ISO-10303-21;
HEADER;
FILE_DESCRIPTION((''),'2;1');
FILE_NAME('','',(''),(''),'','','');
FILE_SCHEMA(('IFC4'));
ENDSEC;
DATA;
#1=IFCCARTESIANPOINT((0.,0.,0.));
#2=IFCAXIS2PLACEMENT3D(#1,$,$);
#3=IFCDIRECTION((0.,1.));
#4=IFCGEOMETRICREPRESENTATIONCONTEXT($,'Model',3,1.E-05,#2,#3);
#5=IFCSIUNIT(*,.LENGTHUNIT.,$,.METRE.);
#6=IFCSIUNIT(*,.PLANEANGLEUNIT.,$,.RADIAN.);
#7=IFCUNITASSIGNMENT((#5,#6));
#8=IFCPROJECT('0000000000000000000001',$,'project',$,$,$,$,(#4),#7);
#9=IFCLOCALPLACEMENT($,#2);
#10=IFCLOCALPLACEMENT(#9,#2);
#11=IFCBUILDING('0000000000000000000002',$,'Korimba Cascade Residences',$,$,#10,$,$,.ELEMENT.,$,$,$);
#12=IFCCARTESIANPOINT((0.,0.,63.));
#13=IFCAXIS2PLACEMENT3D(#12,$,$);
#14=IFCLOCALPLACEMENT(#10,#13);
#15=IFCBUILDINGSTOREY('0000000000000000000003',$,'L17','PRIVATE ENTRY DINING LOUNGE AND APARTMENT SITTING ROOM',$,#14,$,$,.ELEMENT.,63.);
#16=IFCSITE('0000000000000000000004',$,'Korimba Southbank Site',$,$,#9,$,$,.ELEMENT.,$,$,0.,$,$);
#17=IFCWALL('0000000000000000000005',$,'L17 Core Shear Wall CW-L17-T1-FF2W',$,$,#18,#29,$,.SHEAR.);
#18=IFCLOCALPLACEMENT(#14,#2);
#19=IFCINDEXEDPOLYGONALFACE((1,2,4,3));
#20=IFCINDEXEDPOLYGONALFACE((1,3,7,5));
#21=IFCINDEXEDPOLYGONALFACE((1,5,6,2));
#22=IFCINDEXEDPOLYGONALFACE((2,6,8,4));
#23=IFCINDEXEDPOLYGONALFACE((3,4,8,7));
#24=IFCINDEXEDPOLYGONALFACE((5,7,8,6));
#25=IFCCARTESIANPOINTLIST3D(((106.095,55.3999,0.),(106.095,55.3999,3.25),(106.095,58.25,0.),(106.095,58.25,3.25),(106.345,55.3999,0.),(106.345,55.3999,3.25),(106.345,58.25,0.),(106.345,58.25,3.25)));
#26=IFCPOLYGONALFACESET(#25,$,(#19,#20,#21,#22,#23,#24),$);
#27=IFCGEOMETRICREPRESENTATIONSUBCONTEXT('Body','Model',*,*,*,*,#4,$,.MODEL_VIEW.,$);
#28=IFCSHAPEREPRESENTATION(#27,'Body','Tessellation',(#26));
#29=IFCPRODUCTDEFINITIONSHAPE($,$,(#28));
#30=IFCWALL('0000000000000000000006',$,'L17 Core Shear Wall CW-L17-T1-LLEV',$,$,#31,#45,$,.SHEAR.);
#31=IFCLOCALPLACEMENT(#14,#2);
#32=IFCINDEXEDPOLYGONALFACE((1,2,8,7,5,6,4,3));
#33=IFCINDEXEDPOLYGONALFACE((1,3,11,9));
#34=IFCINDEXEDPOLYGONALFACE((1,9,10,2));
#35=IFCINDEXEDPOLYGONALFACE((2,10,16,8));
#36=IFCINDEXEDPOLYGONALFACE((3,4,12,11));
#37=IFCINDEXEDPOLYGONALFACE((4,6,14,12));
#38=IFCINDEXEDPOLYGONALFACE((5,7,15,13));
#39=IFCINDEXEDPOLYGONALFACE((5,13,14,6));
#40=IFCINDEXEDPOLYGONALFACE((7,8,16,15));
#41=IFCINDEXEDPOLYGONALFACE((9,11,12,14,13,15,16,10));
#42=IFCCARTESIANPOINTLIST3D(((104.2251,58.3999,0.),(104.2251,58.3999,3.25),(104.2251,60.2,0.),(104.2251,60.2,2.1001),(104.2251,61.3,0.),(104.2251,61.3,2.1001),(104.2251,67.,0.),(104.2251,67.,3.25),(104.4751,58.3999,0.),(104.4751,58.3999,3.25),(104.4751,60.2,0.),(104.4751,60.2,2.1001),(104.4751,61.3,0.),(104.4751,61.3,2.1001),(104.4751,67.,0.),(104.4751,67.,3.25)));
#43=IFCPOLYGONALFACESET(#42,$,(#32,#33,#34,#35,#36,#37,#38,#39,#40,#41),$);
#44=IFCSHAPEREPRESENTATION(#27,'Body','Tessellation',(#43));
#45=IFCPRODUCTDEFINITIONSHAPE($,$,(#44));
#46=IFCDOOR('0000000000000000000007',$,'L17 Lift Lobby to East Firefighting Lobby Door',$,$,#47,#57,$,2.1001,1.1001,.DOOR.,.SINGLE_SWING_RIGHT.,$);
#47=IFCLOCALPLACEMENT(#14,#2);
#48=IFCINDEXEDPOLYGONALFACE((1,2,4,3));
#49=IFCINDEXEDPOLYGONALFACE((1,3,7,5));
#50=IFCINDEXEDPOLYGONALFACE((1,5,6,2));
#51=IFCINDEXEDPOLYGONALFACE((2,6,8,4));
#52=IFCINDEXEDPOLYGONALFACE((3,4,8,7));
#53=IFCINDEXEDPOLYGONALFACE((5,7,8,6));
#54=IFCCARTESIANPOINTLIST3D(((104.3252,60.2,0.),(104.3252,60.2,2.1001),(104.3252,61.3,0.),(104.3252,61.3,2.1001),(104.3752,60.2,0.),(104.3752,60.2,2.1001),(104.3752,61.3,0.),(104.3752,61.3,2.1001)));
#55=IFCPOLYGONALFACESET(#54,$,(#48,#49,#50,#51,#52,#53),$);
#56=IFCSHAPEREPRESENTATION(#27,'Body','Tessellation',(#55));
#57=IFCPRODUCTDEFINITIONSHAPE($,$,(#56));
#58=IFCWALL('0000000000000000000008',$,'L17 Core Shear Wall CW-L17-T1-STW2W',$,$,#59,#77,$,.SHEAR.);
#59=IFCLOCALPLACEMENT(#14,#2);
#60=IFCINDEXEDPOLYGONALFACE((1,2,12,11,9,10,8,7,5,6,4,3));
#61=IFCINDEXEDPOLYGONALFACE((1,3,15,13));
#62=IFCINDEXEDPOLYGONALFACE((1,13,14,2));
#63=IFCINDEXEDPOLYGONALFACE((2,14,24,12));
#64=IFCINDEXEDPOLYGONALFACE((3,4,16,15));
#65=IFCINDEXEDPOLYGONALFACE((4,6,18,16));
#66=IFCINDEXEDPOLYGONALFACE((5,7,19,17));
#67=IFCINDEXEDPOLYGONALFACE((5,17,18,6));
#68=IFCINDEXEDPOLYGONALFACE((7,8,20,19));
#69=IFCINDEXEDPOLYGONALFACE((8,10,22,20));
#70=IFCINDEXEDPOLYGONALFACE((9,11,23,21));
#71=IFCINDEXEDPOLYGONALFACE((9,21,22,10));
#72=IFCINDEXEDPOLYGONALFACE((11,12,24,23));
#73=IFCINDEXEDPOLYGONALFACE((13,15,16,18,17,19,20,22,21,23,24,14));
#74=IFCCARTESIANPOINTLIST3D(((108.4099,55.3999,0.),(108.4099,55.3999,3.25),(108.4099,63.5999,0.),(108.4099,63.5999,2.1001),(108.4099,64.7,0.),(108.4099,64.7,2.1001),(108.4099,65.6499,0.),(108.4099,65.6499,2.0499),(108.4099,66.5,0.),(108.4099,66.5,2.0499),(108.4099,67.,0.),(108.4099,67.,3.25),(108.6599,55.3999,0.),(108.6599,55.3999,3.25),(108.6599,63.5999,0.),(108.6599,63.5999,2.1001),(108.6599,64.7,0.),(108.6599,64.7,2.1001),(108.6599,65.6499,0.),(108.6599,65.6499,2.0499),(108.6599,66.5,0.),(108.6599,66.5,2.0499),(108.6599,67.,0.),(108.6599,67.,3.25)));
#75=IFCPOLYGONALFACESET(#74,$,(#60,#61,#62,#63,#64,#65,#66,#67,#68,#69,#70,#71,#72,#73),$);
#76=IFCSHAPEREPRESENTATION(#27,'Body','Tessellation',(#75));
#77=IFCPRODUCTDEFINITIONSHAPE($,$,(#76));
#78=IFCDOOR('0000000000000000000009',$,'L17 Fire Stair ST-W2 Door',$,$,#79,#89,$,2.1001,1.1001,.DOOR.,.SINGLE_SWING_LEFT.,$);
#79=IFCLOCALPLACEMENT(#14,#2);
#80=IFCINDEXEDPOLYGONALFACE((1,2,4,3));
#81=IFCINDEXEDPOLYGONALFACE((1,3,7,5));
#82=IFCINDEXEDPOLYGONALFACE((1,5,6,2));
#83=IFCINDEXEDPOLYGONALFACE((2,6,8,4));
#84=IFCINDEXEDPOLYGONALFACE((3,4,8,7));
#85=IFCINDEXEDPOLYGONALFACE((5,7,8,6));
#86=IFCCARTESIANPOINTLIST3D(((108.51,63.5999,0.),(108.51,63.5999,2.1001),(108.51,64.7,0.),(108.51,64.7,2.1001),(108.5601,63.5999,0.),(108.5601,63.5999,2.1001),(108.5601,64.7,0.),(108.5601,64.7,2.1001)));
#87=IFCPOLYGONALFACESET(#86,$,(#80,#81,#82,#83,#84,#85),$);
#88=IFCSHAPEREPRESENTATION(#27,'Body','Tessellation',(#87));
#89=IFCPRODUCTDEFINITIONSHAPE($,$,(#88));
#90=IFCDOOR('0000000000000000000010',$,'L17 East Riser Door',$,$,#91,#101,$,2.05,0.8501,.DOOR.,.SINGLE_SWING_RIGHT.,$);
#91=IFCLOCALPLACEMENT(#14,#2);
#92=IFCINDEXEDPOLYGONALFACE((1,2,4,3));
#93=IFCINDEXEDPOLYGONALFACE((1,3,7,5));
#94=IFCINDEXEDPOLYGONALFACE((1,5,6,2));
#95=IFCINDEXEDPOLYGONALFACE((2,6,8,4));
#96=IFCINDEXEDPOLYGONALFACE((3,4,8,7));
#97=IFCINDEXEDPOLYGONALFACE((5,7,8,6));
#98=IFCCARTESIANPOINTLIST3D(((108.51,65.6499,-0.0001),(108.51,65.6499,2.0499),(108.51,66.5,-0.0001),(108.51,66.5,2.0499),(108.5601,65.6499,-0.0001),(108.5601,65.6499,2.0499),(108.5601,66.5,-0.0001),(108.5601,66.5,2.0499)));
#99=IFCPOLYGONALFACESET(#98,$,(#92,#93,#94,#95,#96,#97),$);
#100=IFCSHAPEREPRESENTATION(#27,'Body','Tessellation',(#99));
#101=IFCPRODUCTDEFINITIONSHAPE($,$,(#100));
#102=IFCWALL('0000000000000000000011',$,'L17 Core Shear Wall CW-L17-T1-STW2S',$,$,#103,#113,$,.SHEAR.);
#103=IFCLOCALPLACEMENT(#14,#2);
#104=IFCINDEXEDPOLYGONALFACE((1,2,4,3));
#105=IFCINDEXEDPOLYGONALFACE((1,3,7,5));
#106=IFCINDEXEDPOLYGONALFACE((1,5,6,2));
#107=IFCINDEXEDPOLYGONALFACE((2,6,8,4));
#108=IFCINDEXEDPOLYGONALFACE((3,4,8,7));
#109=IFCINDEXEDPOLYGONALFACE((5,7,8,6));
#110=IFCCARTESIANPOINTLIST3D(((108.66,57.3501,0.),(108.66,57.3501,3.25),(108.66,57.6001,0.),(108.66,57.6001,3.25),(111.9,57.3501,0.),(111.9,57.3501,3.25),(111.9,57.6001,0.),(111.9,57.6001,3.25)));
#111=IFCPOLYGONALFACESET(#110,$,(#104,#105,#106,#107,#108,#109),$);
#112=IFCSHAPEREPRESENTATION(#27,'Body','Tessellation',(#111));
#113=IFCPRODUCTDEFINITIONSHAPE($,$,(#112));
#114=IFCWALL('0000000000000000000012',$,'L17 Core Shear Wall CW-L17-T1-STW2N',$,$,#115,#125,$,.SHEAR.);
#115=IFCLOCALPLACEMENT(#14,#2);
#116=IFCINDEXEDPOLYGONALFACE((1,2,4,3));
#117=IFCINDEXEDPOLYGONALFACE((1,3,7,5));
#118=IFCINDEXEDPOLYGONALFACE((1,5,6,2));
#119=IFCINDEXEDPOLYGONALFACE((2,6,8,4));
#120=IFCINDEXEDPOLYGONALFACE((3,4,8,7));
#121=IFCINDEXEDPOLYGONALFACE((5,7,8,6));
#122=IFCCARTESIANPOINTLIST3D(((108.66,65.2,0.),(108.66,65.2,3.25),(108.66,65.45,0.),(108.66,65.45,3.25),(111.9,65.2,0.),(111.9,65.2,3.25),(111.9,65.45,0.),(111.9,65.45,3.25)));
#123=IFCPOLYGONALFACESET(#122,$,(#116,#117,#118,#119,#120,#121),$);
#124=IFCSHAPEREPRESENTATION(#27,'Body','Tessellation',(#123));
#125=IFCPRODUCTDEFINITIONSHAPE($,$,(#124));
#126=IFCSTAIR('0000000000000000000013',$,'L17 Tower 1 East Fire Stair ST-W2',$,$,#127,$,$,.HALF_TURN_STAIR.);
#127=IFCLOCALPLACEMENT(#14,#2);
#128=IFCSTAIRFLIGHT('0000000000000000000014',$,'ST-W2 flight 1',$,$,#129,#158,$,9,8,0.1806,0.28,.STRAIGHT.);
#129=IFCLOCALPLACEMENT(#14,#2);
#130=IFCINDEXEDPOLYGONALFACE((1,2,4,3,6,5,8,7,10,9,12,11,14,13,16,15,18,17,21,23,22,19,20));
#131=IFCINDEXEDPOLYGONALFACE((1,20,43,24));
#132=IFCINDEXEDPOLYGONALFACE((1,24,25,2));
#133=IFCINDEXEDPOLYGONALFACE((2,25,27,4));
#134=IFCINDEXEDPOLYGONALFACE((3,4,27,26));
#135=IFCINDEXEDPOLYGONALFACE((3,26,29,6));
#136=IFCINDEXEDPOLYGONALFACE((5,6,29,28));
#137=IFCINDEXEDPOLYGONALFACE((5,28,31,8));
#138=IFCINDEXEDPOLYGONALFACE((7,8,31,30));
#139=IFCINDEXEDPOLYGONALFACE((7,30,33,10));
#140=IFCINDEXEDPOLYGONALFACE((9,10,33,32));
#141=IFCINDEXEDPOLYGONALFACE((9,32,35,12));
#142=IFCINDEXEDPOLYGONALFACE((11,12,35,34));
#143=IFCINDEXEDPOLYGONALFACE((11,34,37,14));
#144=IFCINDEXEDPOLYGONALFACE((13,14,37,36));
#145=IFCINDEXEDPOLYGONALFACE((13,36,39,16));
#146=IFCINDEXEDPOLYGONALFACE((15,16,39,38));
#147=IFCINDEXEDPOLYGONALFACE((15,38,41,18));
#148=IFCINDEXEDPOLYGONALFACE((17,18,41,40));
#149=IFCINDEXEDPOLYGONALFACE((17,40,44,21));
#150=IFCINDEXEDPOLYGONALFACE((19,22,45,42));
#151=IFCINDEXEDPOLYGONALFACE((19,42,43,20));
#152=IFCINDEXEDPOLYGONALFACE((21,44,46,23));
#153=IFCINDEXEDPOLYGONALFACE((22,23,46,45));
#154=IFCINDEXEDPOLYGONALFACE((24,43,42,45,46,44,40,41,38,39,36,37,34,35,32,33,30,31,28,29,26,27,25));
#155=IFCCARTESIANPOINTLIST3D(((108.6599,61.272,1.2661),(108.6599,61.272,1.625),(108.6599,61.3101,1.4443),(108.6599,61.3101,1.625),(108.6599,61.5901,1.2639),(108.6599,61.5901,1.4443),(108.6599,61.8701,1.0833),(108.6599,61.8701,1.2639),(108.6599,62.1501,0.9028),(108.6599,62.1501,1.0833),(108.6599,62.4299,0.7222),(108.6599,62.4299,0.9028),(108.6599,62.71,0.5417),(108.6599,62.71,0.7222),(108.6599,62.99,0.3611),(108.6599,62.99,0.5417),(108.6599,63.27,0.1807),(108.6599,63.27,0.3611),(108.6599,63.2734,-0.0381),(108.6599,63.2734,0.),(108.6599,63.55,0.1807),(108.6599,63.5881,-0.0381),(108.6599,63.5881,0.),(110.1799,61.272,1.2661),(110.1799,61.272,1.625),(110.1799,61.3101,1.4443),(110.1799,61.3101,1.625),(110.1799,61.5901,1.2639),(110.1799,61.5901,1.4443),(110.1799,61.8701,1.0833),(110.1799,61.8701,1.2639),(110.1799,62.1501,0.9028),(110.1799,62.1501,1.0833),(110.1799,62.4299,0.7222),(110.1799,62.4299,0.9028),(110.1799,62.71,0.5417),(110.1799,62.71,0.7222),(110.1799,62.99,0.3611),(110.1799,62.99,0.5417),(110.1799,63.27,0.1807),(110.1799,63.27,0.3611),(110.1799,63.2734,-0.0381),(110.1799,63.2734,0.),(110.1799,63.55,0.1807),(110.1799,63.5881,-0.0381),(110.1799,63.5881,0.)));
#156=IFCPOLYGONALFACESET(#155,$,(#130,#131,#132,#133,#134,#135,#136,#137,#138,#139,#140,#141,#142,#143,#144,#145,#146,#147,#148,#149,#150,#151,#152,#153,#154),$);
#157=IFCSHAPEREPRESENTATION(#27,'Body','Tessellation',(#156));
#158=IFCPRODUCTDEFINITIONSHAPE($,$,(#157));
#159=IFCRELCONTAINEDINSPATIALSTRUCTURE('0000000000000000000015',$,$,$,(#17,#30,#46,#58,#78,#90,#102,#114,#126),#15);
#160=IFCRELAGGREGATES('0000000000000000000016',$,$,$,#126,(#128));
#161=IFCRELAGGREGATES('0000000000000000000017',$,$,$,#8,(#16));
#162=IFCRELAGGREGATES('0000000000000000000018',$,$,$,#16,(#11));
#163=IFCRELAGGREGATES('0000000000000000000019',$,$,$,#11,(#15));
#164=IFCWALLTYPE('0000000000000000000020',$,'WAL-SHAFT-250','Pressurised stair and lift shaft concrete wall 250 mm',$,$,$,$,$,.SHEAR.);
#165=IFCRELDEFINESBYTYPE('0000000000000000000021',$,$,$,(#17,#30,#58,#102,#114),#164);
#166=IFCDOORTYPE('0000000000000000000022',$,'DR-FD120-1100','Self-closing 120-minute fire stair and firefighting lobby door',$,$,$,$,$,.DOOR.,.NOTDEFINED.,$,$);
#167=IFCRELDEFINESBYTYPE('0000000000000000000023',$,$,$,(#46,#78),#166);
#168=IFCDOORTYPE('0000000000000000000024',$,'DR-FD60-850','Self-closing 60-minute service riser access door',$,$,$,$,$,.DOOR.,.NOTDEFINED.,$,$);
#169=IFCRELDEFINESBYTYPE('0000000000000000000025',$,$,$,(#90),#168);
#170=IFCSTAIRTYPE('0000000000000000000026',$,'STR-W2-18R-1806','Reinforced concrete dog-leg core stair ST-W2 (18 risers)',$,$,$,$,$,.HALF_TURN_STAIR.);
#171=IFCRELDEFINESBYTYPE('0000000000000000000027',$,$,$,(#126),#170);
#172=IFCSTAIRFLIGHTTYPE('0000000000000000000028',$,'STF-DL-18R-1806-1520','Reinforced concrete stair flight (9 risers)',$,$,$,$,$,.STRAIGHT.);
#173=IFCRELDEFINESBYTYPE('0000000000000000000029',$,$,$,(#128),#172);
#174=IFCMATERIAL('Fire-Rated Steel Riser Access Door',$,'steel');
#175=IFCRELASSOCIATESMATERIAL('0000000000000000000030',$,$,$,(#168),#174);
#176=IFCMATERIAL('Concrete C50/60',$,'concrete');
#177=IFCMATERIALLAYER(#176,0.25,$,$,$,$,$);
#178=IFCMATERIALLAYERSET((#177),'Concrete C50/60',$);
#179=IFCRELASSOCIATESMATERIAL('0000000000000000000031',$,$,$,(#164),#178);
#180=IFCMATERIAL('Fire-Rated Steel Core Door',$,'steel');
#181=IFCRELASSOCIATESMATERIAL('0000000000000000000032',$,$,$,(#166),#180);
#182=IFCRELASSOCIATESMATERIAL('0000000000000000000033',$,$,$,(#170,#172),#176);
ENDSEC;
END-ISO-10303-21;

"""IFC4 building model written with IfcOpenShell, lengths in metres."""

from ifc_helpers import new_model, si_unit, direction, frame, frame_2d, origin, place, context, subcontext, project, spatial, polyline, rectangle, outline, extrude, material, layer, layer_set, type_object, element, fill, aggregate, save


model = new_model("IFC4")

# Units and contexts
model_context = context("Model", 3, precision=1e-05, world=origin(), true_north=direction((0.0, 1.0)))
body_context = subcontext(model_context, "Body", "Model", "MODEL_VIEW")
ifc_project = project(units=[si_unit("LENGTHUNIT", "METRE"), si_unit("PLANEANGLEUNIT", "RADIAN")], contexts=[model_context])

# Site, building, storey
site_placement = place(None, origin())
site = spatial("IfcSite", under=ifc_project, at=site_placement, Name="Korimba Southbank Site", CompositionType="ELEMENT", RefElevation=0.0)
building_placement = place(site_placement, origin())
building = spatial("IfcBuilding", under=site, at=building_placement, Name="Korimba Cascade Residences", CompositionType="ELEMENT")
storey_placement = place(building_placement, frame((0.0, 0.0, 63.0)))
storey = spatial("IfcBuildingStorey", under=building, at=storey_placement, Name="L17", Description="PRIVATE ENTRY DINING LOUNGE AND APARTMENT SITTING ROOM", CompositionType="ELEMENT", Elevation=63.0)

# Shared definitions
ifc_material_1 = material(Name="Concrete C50/60", Category="concrete")

# Shared definitions
ifc_material_2 = material(Name="Fire-Rated Steel Riser Access Door", Category="steel")
door_type_1 = type_object("IfcDoorType", Name="DR-FD60-850", Description="Self-closing 60-minute service riser access door", OperationType="NOTDEFINED", PredefinedType="DOOR", material=ifc_material_2)

# Wall
ifc_layer_1 = layer(ifc_material_1, 0.25)
ifc_layer_set_1 = layer_set([ifc_layer_1], Name="Concrete C50/60")
wall_type_1 = type_object("IfcWallType", Name="WAL-SHAFT-250", Description="Pressurised stair and lift shaft concrete wall 250 mm", PredefinedType="SHEAR", material=ifc_layer_set_1)
wall_1_placement = place(storey_placement, frame((106.22, 55.3999, 0.0), z_axis=(0.0, 0.0, 1.0), x_axis=(0.0, 1.0, 0.0)))
element("IfcWall", 1, at=wall_1_placement, inside=storey, type_object=wall_type_1, Name="L17 Core Shear Wall CW-L17-T1-FF2W", PredefinedType="SHEAR", context=body_context, shape_type="SweptSolid", body=[
    extrude(rectangle(XDim=2.8501, YDim=0.25, at=frame_2d((1.425, 0.0))), origin(), (0.0, 0.0, 1.0), 3.25),
])

# Wall, opening, door
wall_2_placement = place(storey_placement, frame((104.3501, 58.3999, 0.0), z_axis=(0.0, 0.0, 1.0), x_axis=(0.0, 1.0, 0.0)))
wall_2 = element("IfcWall", 2, at=wall_2_placement, inside=storey, type_object=wall_type_1, Name="L17 Core Shear Wall CW-L17-T1-LLEV", PredefinedType="SHEAR", context=body_context, shape_type="SweptSolid", body=[
    extrude(rectangle(XDim=8.6001, YDim=0.25, at=frame_2d((4.3, 0.0))), origin(), (0.0, 0.0, 1.0), 3.25),
])
opening_1_placement = place(wall_2_placement, frame((1.8, 0.0, 0.0)))
opening_1 = element("IfcOpeningElement", 3, at=opening_1_placement, cuts=wall_2, PredefinedType="OPENING", context=body_context, shape_type="SweptSolid", body=[
    extrude(rectangle(XDim=1.1001, YDim=2.1001, at=frame_2d((0.55, 1.05))), frame((0.0, 0.135, 0.0), z_axis=(0.0, -1.0, 0.0), x_axis=(1.0, 0.0, 0.0)), (0.0, 0.0, 1.0), 0.27),
])
ifc_material_3 = material(Name="Fire-Rated Steel Core Door", Category="steel")
door_type_2 = type_object("IfcDoorType", Name="DR-FD120-1100", Description="Self-closing 120-minute fire stair and firefighting lobby door", OperationType="NOTDEFINED", PredefinedType="DOOR", material=ifc_material_3)
door_1_placement = place(opening_1_placement, origin())
door_1 = element("IfcDoor", 4, at=door_1_placement, inside=storey, type_object=door_type_2, Name="L17 Lift Lobby to East Firefighting Lobby Door", OperationType="SINGLE_SWING_RIGHT", OverallHeight=2.1001, OverallWidth=1.1001, PredefinedType="DOOR", context=body_context, shape_type="SweptSolid", body=[
    extrude(rectangle(XDim=1.1001, YDim=2.1001, at=frame_2d((0.55, 1.05))), frame((0.0, 0.0249, 0.0), z_axis=(0.0, -1.0, 0.0), x_axis=(1.0, 0.0, 0.0)), (0.0, 0.0, 1.0), 0.05),
])
fill(opening_1, door_1)

# Wall, openings, doors
wall_3_placement = place(storey_placement, frame((108.5349, 55.3999, 0.0), z_axis=(0.0, 0.0, 1.0), x_axis=(0.0, 1.0, 0.0)))
wall_3 = element("IfcWall", 5, at=wall_3_placement, inside=storey, type_object=wall_type_1, Name="L17 Core Shear Wall CW-L17-T1-STW2W", PredefinedType="SHEAR", context=body_context, shape_type="SweptSolid", body=[
    extrude(rectangle(XDim=11.6001, YDim=0.25, at=frame_2d((5.8, 0.0))), origin(), (0.0, 0.0, 1.0), 3.25),
])
opening_2_placement = place(wall_3_placement, frame((8.2, 0.0, 0.0)))
opening_2 = element("IfcOpeningElement", 6, at=opening_2_placement, cuts=wall_3, PredefinedType="OPENING", context=body_context, shape_type="SweptSolid", body=[
    extrude(rectangle(XDim=1.1001, YDim=2.1001, at=frame_2d((0.55, 1.05))), frame((0.0, 0.135, 0.0), z_axis=(0.0, -1.0, 0.0), x_axis=(1.0, 0.0, 0.0)), (0.0, 0.0, 1.0), 0.27),
])
opening_3_placement = place(wall_3_placement, frame((10.25, 0.0, 0.0)))
opening_3 = element("IfcOpeningElement", 7, at=opening_3_placement, cuts=wall_3, PredefinedType="OPENING", context=body_context, shape_type="SweptSolid", body=[
    extrude(rectangle(XDim=0.8501, YDim=2.05, at=frame_2d((0.425, 1.0249))), frame((0.0, 0.135, 0.0), z_axis=(0.0, -1.0, 0.0), x_axis=(1.0, 0.0, 0.0)), (0.0, 0.0, 1.0), 0.27),
])
door_2_placement = place(opening_2_placement, origin())
door_2 = element("IfcDoor", 8, at=door_2_placement, inside=storey, type_object=door_type_2, Name="L17 Fire Stair ST-W2 Door", OperationType="SINGLE_SWING_LEFT", OverallHeight=2.1001, OverallWidth=1.1001, PredefinedType="DOOR", context=body_context, shape_type="SweptSolid", body=[
    extrude(rectangle(XDim=1.1001, YDim=2.1001, at=frame_2d((0.55, 1.05))), frame((0.0, 0.0249, 0.0), z_axis=(0.0, -1.0, 0.0), x_axis=(1.0, 0.0, 0.0)), (0.0, 0.0, 1.0), 0.05),
])
fill(opening_2, door_2)
door_3_placement = place(opening_3_placement, origin())
door_3 = element("IfcDoor", 9, at=door_3_placement, inside=storey, type_object=door_type_1, Name="L17 East Riser Door", OperationType="SINGLE_SWING_RIGHT", OverallHeight=2.05, OverallWidth=0.8501, PredefinedType="DOOR", context=body_context, shape_type="SweptSolid", body=[
    extrude(rectangle(XDim=0.8501, YDim=2.05, at=frame_2d((0.425, 1.0249))), frame((0.0, 0.0249, 0.0), z_axis=(0.0, -1.0, 0.0), x_axis=(1.0, 0.0, 0.0)), (0.0, 0.0, 1.0), 0.05),
])
fill(opening_3, door_3)

# Walls
for number, where, z_axis, x_axis, name in (
    (10, (108.6599, 57.4751, 0.0), (0.0, 0.0, 1.0), (1.0, 0.0, 0.0), "L17 Core Shear Wall CW-L17-T1-STW2S"),
    (11, (108.6599, 65.325, 0.0), (0.0, 0.0, 1.0), (1.0, 0.0, 0.0), "L17 Core Shear Wall CW-L17-T1-STW2N"),
):
    element("IfcWall", number, at=place(storey_placement, frame(where, z_axis=z_axis, x_axis=x_axis)), inside=storey, type_object=wall_type_1, Name=name, PredefinedType="SHEAR", context=body_context, shape_type="SweptSolid", body=[
        extrude(rectangle(XDim=3.24, YDim=0.25, at=frame_2d((1.6201, 0.0))), origin(), (0.0, 0.0, 1.0), 3.25),
    ])

# Stair, stair flight
stair_type = type_object("IfcStairType", Name="STR-W2-18R-1806", Description="Reinforced concrete dog-leg core stair ST-W2 (18 risers)", PredefinedType="HALF_TURN_STAIR", material=ifc_material_1)
stair_placement = place(storey_placement, origin())
stair = element("IfcStair", 12, at=stair_placement, inside=storey, type_object=stair_type, Name="L17 Tower 1 East Fire Stair ST-W2", PredefinedType="HALF_TURN_STAIR")
stair_flight_type = type_object("IfcStairFlightType", Name="STF-DL-18R-1806-1520", Description="Reinforced concrete stair flight (9 risers)", PredefinedType="STRAIGHT", material=ifc_material_1)
stair_flight_1_placement = place(storey_placement, frame((109.4199, 63.55, 0.0), z_axis=(0.0, 0.0, 1.0), x_axis=(0.0, -1.0, 0.0)))
stair_flight_1 = element("IfcStairFlight", 13, at=stair_flight_1_placement, type_object=stair_flight_type, Name="ST-W2 flight 1", NumberOfRisers=9, NumberOfTreads=8, PredefinedType="STRAIGHT", RiserHeight=0.1806, TreadLength=0.28, context=body_context, shape_type="SweptSolid", body=[
    extrude(outline(polyline([(-0.0381, 0.0), (0.0, 0.1807), (0.28, 0.1807), (0.28, 0.3611), (0.5601, 0.3611), (0.5601, 0.5417), (0.8401, 0.5417), (0.8401, 0.7222), (1.1201, 0.7222), (1.1201, 0.9028), (1.3999, 0.9028), (1.3999, 1.0833), (1.6799, 1.0833), (1.6799, 1.2639), (1.96, 1.2639), (1.96, 1.4443), (2.24, 1.4443), (2.24, 1.625), (2.2781, 1.625), (2.2781, 1.2661), (0.2766, 0.0), (0.2766, -0.0381), (-0.0381, -0.0381), (-0.0381, 0.0)])), frame((0.0, 0.76, 0.0), z_axis=(0.0, -1.0, 0.0), x_axis=(1.0, 0.0, 0.0)), (0.0, 0.0, 1.0), 1.52),
])
aggregate(stair, [stair_flight_1])

save(model, "model.ifc")
